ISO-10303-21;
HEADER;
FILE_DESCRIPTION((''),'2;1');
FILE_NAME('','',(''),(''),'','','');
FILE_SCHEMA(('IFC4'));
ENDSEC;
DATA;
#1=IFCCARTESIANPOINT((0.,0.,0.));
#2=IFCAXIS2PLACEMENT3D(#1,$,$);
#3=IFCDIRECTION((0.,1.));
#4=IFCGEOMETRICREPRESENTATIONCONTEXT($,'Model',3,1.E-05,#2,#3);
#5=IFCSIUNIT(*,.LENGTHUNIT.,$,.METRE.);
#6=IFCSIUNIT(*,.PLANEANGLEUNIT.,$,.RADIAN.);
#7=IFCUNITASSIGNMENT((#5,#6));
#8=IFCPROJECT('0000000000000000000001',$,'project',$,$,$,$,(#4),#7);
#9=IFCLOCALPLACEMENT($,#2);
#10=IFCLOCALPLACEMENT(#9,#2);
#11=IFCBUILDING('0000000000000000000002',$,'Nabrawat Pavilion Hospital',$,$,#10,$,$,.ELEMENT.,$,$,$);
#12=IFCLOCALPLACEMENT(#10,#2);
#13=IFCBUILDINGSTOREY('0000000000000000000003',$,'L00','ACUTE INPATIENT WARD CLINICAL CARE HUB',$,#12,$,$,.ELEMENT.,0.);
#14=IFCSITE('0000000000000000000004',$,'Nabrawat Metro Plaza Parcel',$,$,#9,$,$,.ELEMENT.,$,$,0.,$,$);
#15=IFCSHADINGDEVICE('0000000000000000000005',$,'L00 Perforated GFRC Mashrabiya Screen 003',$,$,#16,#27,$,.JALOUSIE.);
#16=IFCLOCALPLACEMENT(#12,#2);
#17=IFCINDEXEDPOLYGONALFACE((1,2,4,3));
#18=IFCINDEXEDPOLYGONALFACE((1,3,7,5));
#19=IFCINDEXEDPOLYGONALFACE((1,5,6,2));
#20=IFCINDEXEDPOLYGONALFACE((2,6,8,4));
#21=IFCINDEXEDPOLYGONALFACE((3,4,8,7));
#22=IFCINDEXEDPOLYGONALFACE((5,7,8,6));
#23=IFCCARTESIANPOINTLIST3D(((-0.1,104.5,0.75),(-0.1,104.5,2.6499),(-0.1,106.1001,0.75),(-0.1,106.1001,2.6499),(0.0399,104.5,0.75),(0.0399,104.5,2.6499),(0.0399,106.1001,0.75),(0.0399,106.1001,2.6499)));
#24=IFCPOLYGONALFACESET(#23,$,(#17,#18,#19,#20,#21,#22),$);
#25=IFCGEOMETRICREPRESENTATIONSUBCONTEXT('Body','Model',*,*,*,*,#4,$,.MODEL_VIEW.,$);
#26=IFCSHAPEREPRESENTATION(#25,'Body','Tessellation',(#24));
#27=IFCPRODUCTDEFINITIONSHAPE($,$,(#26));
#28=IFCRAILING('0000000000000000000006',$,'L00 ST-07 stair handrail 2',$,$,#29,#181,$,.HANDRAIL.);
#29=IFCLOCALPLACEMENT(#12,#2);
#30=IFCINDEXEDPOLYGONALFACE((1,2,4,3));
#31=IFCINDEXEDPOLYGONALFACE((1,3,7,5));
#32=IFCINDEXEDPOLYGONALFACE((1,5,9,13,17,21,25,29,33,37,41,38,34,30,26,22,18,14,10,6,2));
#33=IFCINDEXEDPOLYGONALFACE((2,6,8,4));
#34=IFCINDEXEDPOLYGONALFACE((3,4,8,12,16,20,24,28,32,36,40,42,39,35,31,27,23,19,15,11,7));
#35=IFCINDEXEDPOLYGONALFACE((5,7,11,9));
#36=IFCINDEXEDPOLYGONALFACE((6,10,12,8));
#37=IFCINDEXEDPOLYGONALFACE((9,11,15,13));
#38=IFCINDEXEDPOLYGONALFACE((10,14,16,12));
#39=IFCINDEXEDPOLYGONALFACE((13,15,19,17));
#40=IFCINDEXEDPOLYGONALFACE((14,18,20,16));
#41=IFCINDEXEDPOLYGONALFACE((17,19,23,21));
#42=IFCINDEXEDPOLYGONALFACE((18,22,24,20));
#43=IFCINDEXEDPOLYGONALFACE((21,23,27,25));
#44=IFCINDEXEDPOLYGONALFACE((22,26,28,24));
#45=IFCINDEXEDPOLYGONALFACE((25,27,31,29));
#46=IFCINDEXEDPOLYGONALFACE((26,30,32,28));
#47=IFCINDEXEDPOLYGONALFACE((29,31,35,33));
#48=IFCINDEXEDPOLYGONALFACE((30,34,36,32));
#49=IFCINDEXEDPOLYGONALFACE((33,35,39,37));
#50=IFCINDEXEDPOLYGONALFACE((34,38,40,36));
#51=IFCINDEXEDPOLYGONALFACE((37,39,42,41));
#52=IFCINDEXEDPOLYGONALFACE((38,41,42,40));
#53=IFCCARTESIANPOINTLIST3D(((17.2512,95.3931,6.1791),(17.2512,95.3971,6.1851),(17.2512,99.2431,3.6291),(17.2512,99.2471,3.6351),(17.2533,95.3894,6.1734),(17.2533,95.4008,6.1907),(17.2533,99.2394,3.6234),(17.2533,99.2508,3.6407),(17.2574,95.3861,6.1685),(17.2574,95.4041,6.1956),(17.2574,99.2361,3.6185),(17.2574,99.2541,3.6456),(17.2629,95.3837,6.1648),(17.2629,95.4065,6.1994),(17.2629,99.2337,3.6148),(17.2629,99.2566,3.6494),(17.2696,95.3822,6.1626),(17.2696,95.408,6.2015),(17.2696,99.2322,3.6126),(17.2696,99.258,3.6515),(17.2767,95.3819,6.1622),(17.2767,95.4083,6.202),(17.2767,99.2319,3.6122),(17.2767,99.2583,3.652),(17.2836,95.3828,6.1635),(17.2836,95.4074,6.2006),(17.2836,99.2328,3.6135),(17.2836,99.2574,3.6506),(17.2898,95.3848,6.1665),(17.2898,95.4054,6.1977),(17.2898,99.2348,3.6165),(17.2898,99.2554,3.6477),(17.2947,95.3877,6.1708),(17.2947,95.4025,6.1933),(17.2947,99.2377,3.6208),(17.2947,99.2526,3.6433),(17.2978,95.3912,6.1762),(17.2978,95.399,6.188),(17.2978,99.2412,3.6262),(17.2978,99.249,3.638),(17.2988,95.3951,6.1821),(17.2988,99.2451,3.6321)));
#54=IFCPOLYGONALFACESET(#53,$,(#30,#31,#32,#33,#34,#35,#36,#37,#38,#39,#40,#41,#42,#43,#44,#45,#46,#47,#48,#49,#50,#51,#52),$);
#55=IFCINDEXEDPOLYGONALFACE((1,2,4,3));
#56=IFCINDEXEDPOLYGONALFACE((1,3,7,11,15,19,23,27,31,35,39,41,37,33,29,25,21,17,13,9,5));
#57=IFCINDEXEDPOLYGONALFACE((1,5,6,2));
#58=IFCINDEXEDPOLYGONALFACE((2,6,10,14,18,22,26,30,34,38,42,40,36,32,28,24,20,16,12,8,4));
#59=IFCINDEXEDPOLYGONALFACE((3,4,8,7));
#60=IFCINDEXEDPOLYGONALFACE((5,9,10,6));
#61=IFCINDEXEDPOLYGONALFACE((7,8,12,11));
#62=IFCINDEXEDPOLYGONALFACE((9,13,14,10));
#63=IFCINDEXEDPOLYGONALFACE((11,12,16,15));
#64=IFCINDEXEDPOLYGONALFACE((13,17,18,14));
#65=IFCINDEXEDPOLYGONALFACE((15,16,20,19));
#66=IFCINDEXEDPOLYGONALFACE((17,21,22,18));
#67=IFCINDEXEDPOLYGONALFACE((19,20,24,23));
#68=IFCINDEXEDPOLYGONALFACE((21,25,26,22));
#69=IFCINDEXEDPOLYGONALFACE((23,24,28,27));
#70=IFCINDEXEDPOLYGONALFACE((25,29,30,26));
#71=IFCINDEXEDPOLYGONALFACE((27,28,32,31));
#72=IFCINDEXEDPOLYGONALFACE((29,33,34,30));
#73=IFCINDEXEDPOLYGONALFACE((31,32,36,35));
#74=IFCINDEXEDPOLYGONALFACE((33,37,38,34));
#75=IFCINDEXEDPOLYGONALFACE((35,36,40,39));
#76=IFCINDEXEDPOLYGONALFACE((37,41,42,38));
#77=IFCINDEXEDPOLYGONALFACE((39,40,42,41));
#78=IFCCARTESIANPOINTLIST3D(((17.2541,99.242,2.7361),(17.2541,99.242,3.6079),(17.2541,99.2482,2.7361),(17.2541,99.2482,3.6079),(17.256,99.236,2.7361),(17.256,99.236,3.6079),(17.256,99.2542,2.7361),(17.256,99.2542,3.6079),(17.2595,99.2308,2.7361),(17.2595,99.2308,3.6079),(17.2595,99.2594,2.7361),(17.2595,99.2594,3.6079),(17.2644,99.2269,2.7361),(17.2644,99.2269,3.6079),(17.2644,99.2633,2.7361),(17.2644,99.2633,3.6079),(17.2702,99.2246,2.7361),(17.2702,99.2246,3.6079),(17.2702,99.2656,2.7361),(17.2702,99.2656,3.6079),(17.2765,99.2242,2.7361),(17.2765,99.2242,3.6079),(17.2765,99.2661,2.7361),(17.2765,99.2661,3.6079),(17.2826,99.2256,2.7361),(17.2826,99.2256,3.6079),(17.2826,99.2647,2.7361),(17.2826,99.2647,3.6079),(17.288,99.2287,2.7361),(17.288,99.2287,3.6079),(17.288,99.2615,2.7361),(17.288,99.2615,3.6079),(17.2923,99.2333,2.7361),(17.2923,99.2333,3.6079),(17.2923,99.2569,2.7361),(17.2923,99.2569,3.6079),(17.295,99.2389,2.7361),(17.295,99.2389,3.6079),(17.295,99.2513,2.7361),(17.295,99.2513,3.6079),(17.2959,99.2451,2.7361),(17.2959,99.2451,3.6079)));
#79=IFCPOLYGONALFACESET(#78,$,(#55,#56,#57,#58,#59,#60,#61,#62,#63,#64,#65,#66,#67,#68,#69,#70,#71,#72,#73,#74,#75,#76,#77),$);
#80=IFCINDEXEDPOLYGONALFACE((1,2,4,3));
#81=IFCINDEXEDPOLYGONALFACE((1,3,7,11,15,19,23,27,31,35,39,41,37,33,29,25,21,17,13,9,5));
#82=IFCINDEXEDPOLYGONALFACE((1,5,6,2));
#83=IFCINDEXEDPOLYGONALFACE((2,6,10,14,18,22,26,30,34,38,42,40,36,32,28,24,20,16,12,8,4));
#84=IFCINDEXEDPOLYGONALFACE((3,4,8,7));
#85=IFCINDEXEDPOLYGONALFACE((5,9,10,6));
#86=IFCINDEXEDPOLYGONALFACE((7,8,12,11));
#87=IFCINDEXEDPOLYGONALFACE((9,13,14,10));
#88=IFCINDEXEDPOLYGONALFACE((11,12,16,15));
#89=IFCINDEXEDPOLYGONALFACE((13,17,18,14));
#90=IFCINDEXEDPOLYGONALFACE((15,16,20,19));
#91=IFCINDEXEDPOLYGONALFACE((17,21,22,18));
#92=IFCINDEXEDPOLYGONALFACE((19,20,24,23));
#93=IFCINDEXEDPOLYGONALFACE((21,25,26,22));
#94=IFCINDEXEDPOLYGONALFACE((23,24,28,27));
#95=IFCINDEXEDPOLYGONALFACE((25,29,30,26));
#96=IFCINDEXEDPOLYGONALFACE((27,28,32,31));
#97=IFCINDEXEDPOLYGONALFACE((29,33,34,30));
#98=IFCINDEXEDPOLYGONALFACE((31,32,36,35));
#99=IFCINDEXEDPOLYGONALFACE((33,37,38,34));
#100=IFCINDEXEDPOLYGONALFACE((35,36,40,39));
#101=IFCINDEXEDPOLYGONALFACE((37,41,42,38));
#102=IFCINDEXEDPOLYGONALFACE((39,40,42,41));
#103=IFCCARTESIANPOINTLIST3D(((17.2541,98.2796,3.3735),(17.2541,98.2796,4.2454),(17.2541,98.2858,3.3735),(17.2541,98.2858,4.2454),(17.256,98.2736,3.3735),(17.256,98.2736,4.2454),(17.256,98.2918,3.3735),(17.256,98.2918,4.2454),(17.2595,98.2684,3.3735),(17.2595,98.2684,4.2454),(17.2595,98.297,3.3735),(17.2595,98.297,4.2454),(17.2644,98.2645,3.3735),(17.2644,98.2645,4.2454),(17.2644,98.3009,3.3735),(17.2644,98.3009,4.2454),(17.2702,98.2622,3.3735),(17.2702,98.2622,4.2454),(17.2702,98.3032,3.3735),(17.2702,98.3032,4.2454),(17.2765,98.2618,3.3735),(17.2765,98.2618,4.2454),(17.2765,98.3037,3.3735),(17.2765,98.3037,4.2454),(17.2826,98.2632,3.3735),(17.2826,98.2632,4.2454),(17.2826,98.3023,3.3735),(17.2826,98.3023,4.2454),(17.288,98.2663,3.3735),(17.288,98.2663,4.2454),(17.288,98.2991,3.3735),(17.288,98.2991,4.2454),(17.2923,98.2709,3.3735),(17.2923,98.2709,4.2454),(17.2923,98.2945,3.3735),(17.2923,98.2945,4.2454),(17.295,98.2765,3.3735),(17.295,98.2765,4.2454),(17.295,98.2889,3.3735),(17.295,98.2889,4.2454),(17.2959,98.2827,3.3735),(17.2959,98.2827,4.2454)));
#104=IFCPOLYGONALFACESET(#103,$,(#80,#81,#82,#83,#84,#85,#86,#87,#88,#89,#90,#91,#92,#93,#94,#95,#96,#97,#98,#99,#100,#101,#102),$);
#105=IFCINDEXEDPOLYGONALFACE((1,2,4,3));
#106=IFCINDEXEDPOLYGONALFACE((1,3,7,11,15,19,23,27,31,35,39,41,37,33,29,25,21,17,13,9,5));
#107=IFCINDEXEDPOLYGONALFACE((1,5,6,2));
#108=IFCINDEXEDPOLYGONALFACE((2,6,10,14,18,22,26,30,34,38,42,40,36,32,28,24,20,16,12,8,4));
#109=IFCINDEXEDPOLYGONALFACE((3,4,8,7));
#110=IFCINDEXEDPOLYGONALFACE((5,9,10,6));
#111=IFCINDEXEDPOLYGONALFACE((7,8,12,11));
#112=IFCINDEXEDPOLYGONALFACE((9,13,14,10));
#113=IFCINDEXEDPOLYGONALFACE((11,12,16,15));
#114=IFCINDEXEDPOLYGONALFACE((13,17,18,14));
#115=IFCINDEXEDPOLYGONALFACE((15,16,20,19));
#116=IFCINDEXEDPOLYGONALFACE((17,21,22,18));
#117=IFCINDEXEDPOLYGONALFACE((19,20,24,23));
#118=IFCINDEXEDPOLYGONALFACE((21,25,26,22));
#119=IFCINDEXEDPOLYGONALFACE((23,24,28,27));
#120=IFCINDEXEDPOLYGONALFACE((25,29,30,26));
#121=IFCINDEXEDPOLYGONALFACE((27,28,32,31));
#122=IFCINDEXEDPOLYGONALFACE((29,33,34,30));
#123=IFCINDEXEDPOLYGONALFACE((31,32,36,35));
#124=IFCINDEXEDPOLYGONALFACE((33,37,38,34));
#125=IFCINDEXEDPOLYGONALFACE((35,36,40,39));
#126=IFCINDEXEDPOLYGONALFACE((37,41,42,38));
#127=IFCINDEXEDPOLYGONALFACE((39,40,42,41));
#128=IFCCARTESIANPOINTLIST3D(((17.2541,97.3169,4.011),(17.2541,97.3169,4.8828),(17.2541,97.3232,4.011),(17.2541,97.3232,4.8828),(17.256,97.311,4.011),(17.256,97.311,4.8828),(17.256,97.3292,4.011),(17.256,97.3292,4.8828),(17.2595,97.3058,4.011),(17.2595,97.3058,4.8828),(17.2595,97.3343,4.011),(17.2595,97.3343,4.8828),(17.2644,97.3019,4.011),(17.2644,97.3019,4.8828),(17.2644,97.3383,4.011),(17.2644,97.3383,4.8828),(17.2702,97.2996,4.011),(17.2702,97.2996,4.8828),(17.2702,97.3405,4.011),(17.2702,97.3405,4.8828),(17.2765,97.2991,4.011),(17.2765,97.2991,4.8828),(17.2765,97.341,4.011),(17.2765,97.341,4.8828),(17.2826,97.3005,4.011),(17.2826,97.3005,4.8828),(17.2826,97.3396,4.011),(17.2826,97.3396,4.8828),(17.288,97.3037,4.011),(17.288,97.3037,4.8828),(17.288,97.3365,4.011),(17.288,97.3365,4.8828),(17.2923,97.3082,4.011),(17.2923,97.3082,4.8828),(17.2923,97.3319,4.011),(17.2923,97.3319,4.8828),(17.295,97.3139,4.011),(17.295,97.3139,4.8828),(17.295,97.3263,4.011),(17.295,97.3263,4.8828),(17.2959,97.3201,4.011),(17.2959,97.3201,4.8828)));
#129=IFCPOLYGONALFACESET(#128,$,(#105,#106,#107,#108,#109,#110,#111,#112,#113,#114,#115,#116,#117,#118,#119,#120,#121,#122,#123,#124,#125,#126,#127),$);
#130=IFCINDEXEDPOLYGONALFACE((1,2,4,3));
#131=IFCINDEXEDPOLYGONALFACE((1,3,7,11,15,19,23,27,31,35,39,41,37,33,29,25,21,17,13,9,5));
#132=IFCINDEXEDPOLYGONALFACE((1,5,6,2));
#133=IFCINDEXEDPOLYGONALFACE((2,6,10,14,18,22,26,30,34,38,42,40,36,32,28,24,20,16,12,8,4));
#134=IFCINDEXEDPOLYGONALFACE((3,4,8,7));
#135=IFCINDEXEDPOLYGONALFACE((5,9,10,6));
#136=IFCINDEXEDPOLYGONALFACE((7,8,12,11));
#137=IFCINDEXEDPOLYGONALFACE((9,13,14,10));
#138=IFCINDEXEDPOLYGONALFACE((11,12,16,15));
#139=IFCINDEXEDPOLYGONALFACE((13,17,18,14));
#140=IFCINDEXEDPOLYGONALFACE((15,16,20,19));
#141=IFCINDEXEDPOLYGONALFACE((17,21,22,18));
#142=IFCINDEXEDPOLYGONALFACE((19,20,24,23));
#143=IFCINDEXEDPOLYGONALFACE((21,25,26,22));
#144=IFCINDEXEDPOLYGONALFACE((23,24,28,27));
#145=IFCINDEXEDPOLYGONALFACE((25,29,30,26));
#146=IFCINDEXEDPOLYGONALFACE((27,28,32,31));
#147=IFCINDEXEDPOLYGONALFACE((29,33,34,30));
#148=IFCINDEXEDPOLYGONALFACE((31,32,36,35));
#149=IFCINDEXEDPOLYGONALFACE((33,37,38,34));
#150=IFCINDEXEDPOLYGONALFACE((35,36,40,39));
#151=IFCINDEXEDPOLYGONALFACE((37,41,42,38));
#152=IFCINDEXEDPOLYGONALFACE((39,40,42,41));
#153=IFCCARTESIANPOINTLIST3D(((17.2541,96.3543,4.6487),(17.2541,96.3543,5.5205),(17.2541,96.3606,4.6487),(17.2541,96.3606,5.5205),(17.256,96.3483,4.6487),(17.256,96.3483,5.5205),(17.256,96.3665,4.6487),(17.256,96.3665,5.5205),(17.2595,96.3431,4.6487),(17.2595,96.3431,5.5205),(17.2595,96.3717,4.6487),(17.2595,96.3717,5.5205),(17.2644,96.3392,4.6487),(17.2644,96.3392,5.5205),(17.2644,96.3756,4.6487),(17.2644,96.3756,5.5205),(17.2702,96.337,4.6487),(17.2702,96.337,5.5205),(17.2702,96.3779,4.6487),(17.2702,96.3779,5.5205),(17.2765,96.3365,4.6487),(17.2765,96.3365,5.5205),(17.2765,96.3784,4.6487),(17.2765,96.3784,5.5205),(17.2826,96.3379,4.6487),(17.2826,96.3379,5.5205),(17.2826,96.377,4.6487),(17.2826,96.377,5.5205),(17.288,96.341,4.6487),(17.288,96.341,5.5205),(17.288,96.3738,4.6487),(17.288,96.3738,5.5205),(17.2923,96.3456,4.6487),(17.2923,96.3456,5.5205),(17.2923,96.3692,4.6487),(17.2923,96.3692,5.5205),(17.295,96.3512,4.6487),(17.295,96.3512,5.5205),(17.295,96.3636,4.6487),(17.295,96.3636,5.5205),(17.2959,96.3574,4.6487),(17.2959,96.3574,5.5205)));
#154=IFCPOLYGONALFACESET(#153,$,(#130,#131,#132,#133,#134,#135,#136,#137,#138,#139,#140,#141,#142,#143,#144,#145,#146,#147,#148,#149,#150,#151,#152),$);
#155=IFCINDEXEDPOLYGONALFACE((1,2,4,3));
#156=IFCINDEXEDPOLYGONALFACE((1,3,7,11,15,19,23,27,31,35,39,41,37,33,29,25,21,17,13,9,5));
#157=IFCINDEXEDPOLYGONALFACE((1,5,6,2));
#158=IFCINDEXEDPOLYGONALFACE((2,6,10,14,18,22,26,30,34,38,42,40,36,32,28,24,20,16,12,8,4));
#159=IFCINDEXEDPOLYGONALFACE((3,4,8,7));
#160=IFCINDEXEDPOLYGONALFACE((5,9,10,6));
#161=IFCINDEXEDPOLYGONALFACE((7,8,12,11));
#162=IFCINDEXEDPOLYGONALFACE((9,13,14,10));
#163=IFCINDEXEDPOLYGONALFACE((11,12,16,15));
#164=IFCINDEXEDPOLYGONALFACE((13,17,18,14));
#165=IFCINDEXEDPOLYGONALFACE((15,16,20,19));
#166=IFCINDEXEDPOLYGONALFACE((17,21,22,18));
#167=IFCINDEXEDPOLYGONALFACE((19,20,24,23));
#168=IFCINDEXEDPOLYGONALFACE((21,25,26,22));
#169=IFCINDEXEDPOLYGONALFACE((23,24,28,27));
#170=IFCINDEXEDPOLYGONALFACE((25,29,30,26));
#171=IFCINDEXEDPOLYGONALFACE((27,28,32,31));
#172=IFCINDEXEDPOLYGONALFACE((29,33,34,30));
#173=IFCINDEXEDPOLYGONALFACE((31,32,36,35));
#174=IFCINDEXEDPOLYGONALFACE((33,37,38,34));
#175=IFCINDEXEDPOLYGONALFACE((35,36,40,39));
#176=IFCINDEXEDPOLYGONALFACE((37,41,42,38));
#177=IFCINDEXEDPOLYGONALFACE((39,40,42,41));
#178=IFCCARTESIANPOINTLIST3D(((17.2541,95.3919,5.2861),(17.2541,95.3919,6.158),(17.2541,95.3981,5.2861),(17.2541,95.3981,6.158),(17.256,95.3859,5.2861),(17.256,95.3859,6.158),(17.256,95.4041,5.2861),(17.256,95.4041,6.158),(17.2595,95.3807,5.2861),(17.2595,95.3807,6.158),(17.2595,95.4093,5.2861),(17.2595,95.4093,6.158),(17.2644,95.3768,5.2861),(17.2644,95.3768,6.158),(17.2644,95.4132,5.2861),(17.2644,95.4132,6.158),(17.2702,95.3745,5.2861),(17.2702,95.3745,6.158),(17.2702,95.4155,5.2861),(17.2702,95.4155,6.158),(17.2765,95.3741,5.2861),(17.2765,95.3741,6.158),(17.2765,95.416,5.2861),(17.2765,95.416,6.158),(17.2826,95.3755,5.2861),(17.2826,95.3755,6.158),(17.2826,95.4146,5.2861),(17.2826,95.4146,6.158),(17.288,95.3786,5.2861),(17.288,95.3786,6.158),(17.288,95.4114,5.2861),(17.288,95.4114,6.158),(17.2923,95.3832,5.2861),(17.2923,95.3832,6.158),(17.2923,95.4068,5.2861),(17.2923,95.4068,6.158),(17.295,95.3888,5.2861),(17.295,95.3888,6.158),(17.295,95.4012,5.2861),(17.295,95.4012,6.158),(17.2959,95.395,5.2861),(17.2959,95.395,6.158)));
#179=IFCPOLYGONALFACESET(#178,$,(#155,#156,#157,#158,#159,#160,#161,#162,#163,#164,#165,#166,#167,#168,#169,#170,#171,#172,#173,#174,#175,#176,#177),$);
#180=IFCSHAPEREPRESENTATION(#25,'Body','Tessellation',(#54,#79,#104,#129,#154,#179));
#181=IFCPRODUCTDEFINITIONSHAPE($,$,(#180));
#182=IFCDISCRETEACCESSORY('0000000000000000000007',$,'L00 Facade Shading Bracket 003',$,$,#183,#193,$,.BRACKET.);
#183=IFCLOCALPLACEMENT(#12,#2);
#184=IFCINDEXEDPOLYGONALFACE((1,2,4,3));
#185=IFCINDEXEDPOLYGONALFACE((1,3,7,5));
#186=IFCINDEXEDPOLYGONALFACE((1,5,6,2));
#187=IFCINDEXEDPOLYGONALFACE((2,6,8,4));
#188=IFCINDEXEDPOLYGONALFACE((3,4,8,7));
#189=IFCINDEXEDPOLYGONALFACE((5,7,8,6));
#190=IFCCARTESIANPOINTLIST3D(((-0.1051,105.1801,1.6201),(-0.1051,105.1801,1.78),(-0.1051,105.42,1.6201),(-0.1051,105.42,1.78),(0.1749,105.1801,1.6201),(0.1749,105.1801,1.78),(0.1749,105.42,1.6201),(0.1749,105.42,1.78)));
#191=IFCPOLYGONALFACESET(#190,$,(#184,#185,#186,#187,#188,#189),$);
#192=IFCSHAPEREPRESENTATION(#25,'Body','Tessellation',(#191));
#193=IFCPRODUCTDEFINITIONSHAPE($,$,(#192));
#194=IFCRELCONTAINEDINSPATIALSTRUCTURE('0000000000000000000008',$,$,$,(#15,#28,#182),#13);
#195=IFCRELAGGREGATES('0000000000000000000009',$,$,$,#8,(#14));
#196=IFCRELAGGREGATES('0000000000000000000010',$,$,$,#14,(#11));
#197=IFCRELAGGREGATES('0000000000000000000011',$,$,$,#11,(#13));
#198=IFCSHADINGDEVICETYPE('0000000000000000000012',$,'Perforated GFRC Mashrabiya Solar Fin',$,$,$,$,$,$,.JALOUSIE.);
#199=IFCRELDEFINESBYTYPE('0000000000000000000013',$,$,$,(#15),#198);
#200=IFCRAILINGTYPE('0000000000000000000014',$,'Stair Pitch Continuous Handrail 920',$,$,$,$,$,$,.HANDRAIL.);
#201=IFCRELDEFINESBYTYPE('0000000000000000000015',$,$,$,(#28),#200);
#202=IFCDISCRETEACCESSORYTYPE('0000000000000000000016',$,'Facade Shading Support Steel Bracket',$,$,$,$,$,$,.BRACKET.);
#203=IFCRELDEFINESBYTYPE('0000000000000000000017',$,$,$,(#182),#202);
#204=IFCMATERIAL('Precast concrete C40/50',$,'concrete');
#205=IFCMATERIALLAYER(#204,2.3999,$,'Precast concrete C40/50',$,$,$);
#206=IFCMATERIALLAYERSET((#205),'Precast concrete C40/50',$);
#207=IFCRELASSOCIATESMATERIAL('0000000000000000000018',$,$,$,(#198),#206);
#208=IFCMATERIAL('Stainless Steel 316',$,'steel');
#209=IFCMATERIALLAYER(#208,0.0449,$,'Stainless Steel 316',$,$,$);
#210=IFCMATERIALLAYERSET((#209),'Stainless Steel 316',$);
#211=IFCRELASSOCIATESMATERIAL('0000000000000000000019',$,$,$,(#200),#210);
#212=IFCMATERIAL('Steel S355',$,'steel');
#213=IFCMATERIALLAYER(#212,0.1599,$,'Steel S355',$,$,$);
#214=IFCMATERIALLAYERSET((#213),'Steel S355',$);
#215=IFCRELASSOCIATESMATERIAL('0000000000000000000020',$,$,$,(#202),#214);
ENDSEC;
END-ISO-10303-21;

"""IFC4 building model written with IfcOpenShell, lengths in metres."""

from ifc_helpers import new_model, si_unit, direction, frame, origin, origin_2d, place, context, subcontext, project, spatial, rectangle, circle, extrude, material, layer, layer_set, type_object, element, save


model = new_model("IFC4")

# Units and contexts
model_context = context("Model", 3, precision=1e-05, world=origin(), true_north=direction((0.0, 1.0)))
body_context = subcontext(model_context, "Body", "Model", "MODEL_VIEW")
ifc_project = project(units=[si_unit("LENGTHUNIT", "METRE"), si_unit("PLANEANGLEUNIT", "RADIAN")], contexts=[model_context])

# Site, building, storey
site_placement = place(None, origin())
site = spatial("IfcSite", under=ifc_project, at=site_placement, Name="Nabrawat Metro Plaza Parcel", CompositionType="ELEMENT", RefElevation=0.0)
building_placement = place(site_placement, origin())
building = spatial("IfcBuilding", under=site, at=building_placement, Name="Nabrawat Pavilion Hospital", CompositionType="ELEMENT")
storey_placement = place(building_placement, origin())
storey = spatial("IfcBuildingStorey", under=building, at=storey_placement, Name="L00", Description="ACUTE INPATIENT WARD CLINICAL CARE HUB", CompositionType="ELEMENT", Elevation=0.0)

# Shared definitions
ifc_material_1 = material(Name="Steel S355", Category="steel")

# Shared definitions
ifc_material_2 = material(Name="Precast concrete C40/50", Category="concrete")

# Shading device
ifc_layer_1 = layer(ifc_material_2, 2.3999, Name="Precast concrete C40/50")
ifc_layer_set_1 = layer_set([ifc_layer_1], Name="Precast concrete C40/50")
shading_device_type = type_object("IfcShadingDeviceType", Name="Perforated GFRC Mashrabiya Solar Fin", PredefinedType="JALOUSIE", material=ifc_layer_set_1)
shading_device_placement = place(storey_placement, frame((-0.03, 105.3, 0.75), z_axis=(0.0, 0.0, 1.0), x_axis=(0.0, 1.0, 0.0)))
element("IfcShadingDevice", 1, at=shading_device_placement, inside=storey, type_object=shading_device_type, Name="L00 Perforated GFRC Mashrabiya Screen 003", PredefinedType="JALOUSIE", context=body_context, shape_type="SweptSolid", body=[
    extrude(rectangle(XDim=1.6001, YDim=0.1399, at=origin_2d()), origin(), (0.0, 0.0, 1.0), 1.8999),
])

# Railing
ifc_material_3 = material(Name="Stainless Steel 316", Category="steel")
ifc_layer_2 = layer(ifc_material_3, 0.0449, Name="Stainless Steel 316")
ifc_layer_set_2 = layer_set([ifc_layer_2], Name="Stainless Steel 316")
railing_type = type_object("IfcRailingType", Name="Stair Pitch Continuous Handrail 920", PredefinedType="HANDRAIL", material=ifc_layer_set_2)
railing_placement = place(storey_placement, frame((17.2749, 99.2451, 2.7361)))
element("IfcRailing", 2, at=railing_placement, inside=storey, type_object=railing_type, Name="L00 ST-07 stair handrail 2", PredefinedType="HANDRAIL", context=body_context, shape_type="SweptSolid", body=[
    extrude(circle(Radius=0.0239, at=origin_2d()), frame((0.0, 0.0, 0.896), z_axis=(0.0, -0.833714, 0.552197), x_axis=(1.0, 0.0, 0.0)), (0.0, 0.0, 1.0), 4.6179),
    extrude(circle(Radius=0.021, at=origin_2d()), origin(), (0.0, 0.0, 1.0), 0.8718),
    extrude(circle(Radius=0.021, at=origin_2d()), frame((0.0, -0.9624, 0.6375)), (0.0, 0.0, 1.0), 0.8718),
    extrude(circle(Radius=0.021, at=origin_2d()), frame((0.0, -1.925, 1.2749)), (0.0, 0.0, 1.0), 0.8718),
    extrude(circle(Radius=0.021, at=origin_2d()), frame((0.0, -2.8877, 1.9126)), (0.0, 0.0, 1.0), 0.8718),
    extrude(circle(Radius=0.021, at=origin_2d()), frame((0.0, -3.8501, 2.55)), (0.0, 0.0, 1.0), 0.8718),
])

# Discrete accessory
ifc_layer_3 = layer(ifc_material_1, 0.1599, Name="Steel S355")
ifc_layer_set_3 = layer_set([ifc_layer_3], Name="Steel S355")
discrete_accessory_type = type_object("IfcDiscreteAccessoryType", Name="Facade Shading Support Steel Bracket", PredefinedType="BRACKET", material=ifc_layer_set_3)
discrete_accessory_placement = place(storey_placement, frame((0.0349, 105.3, 1.6201), z_axis=(0.0, 0.0, 1.0), x_axis=(0.0, 1.0, 0.0)))
element("IfcDiscreteAccessory", 3, at=discrete_accessory_placement, inside=storey, type_object=discrete_accessory_type, Name="L00 Facade Shading Bracket 003", PredefinedType="BRACKET", context=body_context, shape_type="SweptSolid", body=[
    extrude(rectangle(XDim=0.24, YDim=0.28, at=origin_2d()), origin(), (0.0, 0.0, 1.0), 0.1599),
])

save(model, "model.ifc")
